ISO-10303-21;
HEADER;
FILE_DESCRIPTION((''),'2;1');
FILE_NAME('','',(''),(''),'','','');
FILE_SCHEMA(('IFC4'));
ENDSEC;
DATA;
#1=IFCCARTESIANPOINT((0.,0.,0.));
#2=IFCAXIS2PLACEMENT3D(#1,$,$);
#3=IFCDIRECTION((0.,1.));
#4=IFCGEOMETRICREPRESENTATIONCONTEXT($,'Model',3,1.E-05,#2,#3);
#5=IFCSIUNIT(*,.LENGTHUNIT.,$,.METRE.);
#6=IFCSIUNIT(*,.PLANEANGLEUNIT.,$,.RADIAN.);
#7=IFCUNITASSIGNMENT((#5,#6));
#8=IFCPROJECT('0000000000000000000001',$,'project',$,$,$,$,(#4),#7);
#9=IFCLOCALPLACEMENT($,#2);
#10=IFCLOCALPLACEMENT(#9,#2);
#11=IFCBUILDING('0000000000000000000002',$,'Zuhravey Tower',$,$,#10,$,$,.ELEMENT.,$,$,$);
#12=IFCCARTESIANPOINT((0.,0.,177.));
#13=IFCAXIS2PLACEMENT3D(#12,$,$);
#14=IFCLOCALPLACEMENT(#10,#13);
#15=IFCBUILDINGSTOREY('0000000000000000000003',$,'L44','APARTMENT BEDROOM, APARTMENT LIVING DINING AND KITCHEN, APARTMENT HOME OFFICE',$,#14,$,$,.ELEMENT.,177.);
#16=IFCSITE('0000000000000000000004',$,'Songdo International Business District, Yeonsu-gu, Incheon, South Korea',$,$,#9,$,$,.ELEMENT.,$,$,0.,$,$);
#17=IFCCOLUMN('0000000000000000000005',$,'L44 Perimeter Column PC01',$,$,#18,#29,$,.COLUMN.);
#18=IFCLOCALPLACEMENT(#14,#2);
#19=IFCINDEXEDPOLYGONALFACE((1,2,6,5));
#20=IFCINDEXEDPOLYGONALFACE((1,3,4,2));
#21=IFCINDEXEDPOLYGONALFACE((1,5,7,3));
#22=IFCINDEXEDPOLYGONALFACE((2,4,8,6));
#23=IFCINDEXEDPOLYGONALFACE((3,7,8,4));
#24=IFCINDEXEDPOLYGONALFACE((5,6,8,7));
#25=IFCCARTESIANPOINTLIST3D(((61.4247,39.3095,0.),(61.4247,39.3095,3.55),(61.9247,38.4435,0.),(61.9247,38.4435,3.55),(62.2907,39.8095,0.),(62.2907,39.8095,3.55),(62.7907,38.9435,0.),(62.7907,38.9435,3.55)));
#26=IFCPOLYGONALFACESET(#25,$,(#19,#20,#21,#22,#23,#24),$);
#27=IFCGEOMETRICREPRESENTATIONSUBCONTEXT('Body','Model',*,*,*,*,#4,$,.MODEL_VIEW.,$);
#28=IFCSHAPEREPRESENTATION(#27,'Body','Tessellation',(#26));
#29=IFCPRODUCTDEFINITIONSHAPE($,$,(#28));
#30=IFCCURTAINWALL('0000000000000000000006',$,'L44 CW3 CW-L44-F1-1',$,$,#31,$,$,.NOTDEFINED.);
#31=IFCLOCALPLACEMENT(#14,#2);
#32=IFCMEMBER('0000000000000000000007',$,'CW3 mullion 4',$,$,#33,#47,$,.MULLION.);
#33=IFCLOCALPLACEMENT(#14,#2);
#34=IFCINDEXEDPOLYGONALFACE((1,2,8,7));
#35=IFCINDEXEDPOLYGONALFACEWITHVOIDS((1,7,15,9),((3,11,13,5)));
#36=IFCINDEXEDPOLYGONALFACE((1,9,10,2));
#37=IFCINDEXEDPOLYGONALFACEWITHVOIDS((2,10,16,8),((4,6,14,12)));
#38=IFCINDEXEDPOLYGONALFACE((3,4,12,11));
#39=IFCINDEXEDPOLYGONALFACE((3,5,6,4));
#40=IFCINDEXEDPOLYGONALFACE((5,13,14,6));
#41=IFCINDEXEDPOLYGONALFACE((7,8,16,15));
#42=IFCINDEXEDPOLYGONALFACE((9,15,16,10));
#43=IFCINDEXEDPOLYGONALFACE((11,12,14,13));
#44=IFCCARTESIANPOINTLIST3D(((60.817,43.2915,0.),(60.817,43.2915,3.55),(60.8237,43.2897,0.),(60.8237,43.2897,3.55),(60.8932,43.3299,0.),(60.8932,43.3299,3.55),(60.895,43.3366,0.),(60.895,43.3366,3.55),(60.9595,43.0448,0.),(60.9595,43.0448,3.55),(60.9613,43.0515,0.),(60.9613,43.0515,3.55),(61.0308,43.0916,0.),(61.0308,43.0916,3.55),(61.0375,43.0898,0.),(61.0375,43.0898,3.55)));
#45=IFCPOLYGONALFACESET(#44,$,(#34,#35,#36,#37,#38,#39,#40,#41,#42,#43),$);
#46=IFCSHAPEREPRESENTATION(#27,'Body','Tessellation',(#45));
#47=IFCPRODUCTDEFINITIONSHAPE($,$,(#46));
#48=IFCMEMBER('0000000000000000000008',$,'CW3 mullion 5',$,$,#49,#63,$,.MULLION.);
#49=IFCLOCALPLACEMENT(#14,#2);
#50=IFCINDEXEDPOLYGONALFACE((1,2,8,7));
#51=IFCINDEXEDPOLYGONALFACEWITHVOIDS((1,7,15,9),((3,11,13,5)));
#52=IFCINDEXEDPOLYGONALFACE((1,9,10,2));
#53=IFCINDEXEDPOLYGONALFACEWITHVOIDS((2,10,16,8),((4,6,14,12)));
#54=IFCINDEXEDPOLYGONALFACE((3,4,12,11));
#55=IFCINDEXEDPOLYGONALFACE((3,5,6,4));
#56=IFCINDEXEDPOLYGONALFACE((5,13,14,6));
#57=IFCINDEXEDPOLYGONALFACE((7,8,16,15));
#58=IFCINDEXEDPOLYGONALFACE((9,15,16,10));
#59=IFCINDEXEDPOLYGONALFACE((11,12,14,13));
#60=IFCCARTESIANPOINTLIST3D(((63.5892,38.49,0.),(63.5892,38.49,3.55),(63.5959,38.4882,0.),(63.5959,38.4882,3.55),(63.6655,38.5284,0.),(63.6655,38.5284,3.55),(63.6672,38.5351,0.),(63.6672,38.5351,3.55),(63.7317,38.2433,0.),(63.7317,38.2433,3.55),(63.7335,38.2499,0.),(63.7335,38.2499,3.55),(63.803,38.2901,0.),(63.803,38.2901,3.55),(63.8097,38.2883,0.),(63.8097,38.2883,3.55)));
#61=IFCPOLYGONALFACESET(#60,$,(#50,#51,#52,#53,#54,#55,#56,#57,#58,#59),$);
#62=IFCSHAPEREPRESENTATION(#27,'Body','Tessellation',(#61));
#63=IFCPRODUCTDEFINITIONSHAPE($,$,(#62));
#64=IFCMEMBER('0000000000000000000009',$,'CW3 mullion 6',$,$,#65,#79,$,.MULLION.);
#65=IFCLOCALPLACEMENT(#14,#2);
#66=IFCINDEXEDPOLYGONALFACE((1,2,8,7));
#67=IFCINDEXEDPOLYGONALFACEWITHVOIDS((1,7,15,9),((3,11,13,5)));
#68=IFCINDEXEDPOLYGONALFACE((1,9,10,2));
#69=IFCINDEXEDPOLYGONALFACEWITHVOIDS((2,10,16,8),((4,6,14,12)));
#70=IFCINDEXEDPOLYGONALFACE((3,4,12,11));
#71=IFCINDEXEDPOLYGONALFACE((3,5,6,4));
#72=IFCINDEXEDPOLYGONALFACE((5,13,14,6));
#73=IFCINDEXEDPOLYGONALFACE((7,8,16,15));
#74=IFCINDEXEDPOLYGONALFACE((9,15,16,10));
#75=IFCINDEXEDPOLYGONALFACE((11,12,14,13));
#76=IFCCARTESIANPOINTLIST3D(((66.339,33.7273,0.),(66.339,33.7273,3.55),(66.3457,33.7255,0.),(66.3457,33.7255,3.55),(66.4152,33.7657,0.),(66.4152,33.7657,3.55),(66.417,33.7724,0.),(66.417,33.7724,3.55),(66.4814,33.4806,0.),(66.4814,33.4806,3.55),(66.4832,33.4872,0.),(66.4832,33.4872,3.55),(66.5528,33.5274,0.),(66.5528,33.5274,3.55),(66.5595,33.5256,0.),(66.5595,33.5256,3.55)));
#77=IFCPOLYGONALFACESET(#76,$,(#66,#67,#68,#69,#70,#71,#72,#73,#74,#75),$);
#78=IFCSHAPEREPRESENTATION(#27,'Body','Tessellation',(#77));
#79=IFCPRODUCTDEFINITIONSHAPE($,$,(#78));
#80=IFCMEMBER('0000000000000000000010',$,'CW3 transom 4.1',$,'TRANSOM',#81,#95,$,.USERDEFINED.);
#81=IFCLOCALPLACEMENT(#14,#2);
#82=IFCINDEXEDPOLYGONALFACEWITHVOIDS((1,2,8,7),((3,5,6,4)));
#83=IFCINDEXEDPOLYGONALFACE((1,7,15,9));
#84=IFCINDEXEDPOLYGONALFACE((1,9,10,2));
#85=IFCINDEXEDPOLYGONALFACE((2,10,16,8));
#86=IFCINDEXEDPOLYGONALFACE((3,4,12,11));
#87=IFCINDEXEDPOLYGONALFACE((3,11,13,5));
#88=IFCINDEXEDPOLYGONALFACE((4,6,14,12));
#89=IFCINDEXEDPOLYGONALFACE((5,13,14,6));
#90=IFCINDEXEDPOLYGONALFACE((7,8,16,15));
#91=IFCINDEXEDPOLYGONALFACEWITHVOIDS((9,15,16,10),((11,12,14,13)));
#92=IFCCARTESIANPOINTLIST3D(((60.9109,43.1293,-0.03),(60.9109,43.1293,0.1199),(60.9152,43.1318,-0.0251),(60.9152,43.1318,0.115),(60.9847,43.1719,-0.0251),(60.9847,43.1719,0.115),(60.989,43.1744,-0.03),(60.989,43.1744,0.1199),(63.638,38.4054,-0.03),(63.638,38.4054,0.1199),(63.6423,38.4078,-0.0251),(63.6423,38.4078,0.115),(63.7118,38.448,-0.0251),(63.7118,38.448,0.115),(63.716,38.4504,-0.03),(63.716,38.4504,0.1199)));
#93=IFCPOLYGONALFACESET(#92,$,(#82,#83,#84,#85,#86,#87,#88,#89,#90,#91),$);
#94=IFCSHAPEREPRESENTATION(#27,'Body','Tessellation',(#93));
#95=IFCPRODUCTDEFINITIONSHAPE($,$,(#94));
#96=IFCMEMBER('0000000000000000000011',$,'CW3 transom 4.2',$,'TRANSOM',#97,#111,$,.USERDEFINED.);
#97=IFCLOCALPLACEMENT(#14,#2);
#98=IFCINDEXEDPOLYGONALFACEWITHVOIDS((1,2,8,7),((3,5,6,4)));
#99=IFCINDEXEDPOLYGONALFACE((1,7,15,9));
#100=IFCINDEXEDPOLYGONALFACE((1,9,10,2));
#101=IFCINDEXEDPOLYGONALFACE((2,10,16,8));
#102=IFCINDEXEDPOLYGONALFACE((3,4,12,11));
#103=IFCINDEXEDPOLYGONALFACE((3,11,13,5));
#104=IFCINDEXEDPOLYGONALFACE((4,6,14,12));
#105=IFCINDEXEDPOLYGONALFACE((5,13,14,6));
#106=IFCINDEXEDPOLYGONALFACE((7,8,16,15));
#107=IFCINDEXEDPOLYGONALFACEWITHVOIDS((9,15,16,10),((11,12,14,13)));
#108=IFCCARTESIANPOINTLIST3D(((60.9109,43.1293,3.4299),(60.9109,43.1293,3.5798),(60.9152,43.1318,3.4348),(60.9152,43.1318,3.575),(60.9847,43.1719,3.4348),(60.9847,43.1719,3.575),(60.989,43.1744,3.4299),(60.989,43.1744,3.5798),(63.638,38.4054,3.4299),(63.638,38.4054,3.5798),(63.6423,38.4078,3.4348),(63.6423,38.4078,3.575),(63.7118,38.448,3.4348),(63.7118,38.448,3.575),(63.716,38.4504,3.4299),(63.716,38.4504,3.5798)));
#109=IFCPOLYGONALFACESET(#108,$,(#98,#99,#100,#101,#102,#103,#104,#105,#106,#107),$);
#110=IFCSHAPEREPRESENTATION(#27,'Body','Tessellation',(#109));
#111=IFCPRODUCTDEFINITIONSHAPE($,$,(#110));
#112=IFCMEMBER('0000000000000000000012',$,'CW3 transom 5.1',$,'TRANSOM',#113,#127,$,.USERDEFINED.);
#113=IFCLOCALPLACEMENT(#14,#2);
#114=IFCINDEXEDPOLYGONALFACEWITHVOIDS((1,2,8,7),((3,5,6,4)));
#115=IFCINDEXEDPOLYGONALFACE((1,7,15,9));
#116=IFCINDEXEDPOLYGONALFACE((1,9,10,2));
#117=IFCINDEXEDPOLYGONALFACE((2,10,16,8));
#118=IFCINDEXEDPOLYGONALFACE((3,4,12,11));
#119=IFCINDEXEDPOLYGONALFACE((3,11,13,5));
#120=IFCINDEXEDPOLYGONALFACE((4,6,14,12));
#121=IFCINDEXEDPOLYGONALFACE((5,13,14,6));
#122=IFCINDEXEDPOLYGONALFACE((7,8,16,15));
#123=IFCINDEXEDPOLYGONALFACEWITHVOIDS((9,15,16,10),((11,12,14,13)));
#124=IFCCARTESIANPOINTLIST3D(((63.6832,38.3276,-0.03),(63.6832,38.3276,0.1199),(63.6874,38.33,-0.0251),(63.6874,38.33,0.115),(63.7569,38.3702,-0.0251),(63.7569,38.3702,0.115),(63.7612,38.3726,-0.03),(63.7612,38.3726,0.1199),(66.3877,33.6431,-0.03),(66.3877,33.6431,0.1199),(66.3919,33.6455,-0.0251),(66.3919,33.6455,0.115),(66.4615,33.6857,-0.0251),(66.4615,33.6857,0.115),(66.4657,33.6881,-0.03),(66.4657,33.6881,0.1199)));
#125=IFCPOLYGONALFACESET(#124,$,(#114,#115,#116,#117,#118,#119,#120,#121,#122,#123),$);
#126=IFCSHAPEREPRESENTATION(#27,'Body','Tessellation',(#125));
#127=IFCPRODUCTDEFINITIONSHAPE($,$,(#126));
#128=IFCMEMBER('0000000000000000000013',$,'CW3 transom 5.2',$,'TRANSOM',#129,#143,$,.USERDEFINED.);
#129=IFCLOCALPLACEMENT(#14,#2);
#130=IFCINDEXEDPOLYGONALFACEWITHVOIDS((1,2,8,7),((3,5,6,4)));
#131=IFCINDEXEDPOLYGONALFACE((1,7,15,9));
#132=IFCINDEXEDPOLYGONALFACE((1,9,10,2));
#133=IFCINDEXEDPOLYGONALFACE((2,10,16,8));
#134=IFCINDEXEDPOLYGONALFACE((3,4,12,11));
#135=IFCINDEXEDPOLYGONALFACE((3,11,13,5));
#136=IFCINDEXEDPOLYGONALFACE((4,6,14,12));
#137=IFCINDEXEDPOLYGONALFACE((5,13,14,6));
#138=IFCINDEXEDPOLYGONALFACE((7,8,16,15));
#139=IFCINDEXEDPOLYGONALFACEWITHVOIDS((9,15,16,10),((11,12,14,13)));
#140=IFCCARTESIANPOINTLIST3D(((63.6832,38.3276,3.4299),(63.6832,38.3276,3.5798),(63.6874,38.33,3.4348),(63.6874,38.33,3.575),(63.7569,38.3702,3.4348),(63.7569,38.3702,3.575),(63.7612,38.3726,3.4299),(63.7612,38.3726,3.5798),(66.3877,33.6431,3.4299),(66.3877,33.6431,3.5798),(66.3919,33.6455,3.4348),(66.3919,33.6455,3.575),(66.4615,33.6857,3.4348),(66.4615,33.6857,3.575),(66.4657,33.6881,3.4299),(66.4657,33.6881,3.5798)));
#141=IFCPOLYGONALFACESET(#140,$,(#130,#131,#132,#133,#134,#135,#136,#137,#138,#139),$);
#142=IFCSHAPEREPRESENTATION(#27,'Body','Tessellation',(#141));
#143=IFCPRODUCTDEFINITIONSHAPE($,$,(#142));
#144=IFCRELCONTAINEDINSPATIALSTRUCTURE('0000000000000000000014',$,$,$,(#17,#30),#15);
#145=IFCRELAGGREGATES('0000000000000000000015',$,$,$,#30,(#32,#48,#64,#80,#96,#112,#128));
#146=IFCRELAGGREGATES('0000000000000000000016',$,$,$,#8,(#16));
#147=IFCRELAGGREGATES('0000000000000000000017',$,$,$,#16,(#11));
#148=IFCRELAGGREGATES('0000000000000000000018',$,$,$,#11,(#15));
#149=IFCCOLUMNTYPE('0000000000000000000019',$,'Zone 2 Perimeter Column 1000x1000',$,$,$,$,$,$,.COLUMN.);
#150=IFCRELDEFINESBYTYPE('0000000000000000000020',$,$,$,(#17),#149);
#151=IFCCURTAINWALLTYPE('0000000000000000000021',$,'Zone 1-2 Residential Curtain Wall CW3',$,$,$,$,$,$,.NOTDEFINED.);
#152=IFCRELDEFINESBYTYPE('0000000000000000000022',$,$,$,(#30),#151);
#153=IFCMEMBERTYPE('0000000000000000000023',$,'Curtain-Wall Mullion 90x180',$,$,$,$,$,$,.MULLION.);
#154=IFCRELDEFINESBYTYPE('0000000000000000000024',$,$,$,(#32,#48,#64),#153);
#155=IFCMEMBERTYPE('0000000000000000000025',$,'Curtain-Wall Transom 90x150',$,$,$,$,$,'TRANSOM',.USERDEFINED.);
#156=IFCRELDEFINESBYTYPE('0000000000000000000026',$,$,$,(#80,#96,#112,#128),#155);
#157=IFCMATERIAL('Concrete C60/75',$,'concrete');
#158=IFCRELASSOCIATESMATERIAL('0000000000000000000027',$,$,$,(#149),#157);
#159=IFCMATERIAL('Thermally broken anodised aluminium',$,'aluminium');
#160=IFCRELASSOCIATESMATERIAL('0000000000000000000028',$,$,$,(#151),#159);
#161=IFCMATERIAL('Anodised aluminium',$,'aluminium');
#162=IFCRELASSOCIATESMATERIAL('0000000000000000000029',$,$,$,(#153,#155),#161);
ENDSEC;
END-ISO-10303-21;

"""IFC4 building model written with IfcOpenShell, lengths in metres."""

from ifc_helpers import new_model, si_unit, direction, frame, origin, origin_2d, place, context, subcontext, project, spatial, rectangle, hollow_rectangle, extrude, material, material_profile, profile_set, type_object, element, aggregate, save


model = new_model("IFC4")

# Units and contexts
model_context = context("Model", 3, precision=1e-05, world=origin(), true_north=direction((0.0, 1.0)))
body_context = subcontext(model_context, "Body", "Model", "MODEL_VIEW")
ifc_project = project(units=[si_unit("LENGTHUNIT", "METRE"), si_unit("PLANEANGLEUNIT", "RADIAN")], contexts=[model_context])

# Site, building, storey
site_placement = place(None, origin())
site = spatial("IfcSite", under=ifc_project, at=site_placement, Name="Songdo International Business District, Yeonsu-gu, Incheon, South Korea", CompositionType="ELEMENT", RefElevation=0.0)
building_placement = place(site_placement, origin())
building = spatial("IfcBuilding", under=site, at=building_placement, Name="Zuhravey Tower", CompositionType="ELEMENT")
storey_placement = place(building_placement, frame((0.0, 0.0, 177.0)))
storey = spatial("IfcBuildingStorey", under=building, at=storey_placement, Name="L44", Description="APARTMENT BEDROOM, APARTMENT LIVING DINING AND KITCHEN, APARTMENT HOME OFFICE", CompositionType="ELEMENT", Elevation=177.0)

# Column
ifc_material_1 = material(Name="Concrete C60/75", Category="concrete")
ifc_material_profile_1 = material_profile(ifc_material_1, rectangle(XDim=1.0, YDim=1.0, at=origin_2d()), Name="RC-1000x1000")
ifc_profile_set_1 = profile_set([ifc_material_profile_1], Name="Concrete C60/75")
column_type = type_object("IfcColumnType", Name="Zone 2 Perimeter Column 1000x1000", PredefinedType="COLUMN", material=ifc_profile_set_1)
column_placement = place(storey_placement, frame((62.1077, 39.1265, 0.0), z_axis=(0.0, 0.0, 1.0), x_axis=(-0.5, 0.866025, 0.0)))
element("IfcColumn", 1, at=column_placement, inside=storey, type_object=column_type, Name="L44 Perimeter Column PC01", PredefinedType="COLUMN", context=body_context, shape_type="SweptSolid", body=[
    extrude(rectangle(XDim=1.0, YDim=1.0, at=origin_2d()), origin(), (0.0, 0.0, 1.0), 3.55),
])

# Curtain wall, members
ifc_material_2 = material(Name="Thermally broken anodised aluminium", Category="aluminium")
curtain_wall_type = type_object("IfcCurtainWallType", Name="Zone 1-2 Residential Curtain Wall CW3", PredefinedType="NOTDEFINED", material=ifc_material_2)
curtain_wall_placement = place(storey_placement, origin())
curtain_wall = element("IfcCurtainWall", 2, at=curtain_wall_placement, inside=storey, type_object=curtain_wall_type, Name="L44 CW3 CW-L44-F1-1", PredefinedType="NOTDEFINED")
ifc_material_3 = material(Name="Anodised aluminium", Category="aluminium")
ifc_material_profile_2 = material_profile(ifc_material_3, hollow_rectangle(XDim=0.0901, YDim=0.2849, WallThickness=0.0049, at=origin_2d()), Name="ALU-RHS-90x285x5")
ifc_profile_set_2 = profile_set([ifc_material_profile_2], Name="Anodised aluminium")
member_type_1 = type_object("IfcMemberType", Name="Curtain-Wall Mullion 90x180", PredefinedType="MULLION", material=ifc_profile_set_2)
member_1_placement = place(storey_placement, frame((60.9272, 43.1907, 0.0), z_axis=(0.0, 0.0, 1.0), x_axis=(0.866025, 0.5, 0.0)))
member_1 = element("IfcMember", 3, at=member_1_placement, type_object=member_type_1, Name="CW3 mullion 4", PredefinedType="MULLION", context=body_context, shape_type="SweptSolid", body=[
    extrude(hollow_rectangle(XDim=0.0901, YDim=0.2849, WallThickness=0.0049, at=origin_2d()), origin(), (0.0, 0.0, 1.0), 3.55),
])
member_2_placement = place(storey_placement, frame((63.6995, 38.3892, 0.0), z_axis=(0.0, 0.0, 1.0), x_axis=(0.866025, 0.5, 0.0)))
member_2 = element("IfcMember", 4, at=member_2_placement, type_object=member_type_1, Name="CW3 mullion 5", PredefinedType="MULLION", context=body_context, shape_type="SweptSolid", body=[
    extrude(hollow_rectangle(XDim=0.0901, YDim=0.2849, WallThickness=0.0049, at=origin_2d()), origin(), (0.0, 0.0, 1.0), 3.55),
])
member_3_placement = place(storey_placement, frame((66.4492, 33.6265, 0.0), z_axis=(0.0, 0.0, 1.0), x_axis=(0.866025, 0.5, 0.0)))
member_3 = element("IfcMember", 5, at=member_3_placement, type_object=member_type_1, Name="CW3 mullion 6", PredefinedType="MULLION", context=body_context, shape_type="SweptSolid", body=[
    extrude(hollow_rectangle(XDim=0.0901, YDim=0.2849, WallThickness=0.0049, at=origin_2d()), origin(), (0.0, 0.0, 1.0), 3.55),
])
ifc_material_profile_3 = material_profile(ifc_material_3, hollow_rectangle(XDim=0.0901, YDim=0.1499, WallThickness=0.0049, at=origin_2d()), Name="ALU-RHS-90x150x5")
ifc_profile_set_3 = profile_set([ifc_material_profile_3], Name="Anodised aluminium")
member_type_2 = type_object("IfcMemberType", Name="Curtain-Wall Transom 90x150", ElementType="TRANSOM", PredefinedType="USERDEFINED", material=ifc_profile_set_3)
member_4_placement = place(storey_placement, frame((60.95, 43.1519, 0.0449), z_axis=(0.499961, -0.866048, 0.0), x_axis=(0.866048, 0.499961, 0.0)))
member_4 = element("IfcMember", 6, at=member_4_placement, type_object=member_type_2, Name="CW3 transom 4.1", ObjectType="TRANSOM", PredefinedType="USERDEFINED", context=body_context, shape_type="SweptSolid", body=[
    extrude(hollow_rectangle(XDim=0.0901, YDim=0.1499, WallThickness=0.0049, at=origin_2d()), origin(), (0.0, 0.0, 1.0), 5.4546),
])
member_5_placement = place(storey_placement, frame((60.95, 43.1519, 3.5049), z_axis=(0.499961, -0.866048, 0.0), x_axis=(0.866048, 0.499961, 0.0)))
member_5 = element("IfcMember", 7, at=member_5_placement, type_object=member_type_2, Name="CW3 transom 4.2", ObjectType="TRANSOM", PredefinedType="USERDEFINED", context=body_context, shape_type="SweptSolid", body=[
    extrude(hollow_rectangle(XDim=0.0901, YDim=0.1499, WallThickness=0.0049, at=origin_2d()), origin(), (0.0, 0.0, 1.0), 5.4546),
])
member_6_placement = place(storey_placement, frame((63.7222, 38.3501, 0.0449), z_axis=(0.499993, -0.866029, 0.0), x_axis=(0.866029, 0.499993, 0.0)))
member_6 = element("IfcMember", 8, at=member_6_placement, type_object=member_type_2, Name="CW3 transom 5.1", ObjectType="TRANSOM", PredefinedType="USERDEFINED", context=body_context, shape_type="SweptSolid", body=[
    extrude(hollow_rectangle(XDim=0.0901, YDim=0.1499, WallThickness=0.0049, at=origin_2d()), origin(), (0.0, 0.0, 1.0), 5.4092),
])
member_7_placement = place(storey_placement, frame((63.7222, 38.3501, 3.5049), z_axis=(0.499993, -0.866029, 0.0), x_axis=(0.866029, 0.499993, 0.0)))
member_7 = element("IfcMember", 9, at=member_7_placement, type_object=member_type_2, Name="CW3 transom 5.2", ObjectType="TRANSOM", PredefinedType="USERDEFINED", context=body_context, shape_type="SweptSolid", body=[
    extrude(hollow_rectangle(XDim=0.0901, YDim=0.1499, WallThickness=0.0049, at=origin_2d()), origin(), (0.0, 0.0, 1.0), 5.4092),
])

aggregate(curtain_wall, [member_1, member_2, member_3, member_4, member_5, member_6, member_7])

save(model, "model.ifc")
